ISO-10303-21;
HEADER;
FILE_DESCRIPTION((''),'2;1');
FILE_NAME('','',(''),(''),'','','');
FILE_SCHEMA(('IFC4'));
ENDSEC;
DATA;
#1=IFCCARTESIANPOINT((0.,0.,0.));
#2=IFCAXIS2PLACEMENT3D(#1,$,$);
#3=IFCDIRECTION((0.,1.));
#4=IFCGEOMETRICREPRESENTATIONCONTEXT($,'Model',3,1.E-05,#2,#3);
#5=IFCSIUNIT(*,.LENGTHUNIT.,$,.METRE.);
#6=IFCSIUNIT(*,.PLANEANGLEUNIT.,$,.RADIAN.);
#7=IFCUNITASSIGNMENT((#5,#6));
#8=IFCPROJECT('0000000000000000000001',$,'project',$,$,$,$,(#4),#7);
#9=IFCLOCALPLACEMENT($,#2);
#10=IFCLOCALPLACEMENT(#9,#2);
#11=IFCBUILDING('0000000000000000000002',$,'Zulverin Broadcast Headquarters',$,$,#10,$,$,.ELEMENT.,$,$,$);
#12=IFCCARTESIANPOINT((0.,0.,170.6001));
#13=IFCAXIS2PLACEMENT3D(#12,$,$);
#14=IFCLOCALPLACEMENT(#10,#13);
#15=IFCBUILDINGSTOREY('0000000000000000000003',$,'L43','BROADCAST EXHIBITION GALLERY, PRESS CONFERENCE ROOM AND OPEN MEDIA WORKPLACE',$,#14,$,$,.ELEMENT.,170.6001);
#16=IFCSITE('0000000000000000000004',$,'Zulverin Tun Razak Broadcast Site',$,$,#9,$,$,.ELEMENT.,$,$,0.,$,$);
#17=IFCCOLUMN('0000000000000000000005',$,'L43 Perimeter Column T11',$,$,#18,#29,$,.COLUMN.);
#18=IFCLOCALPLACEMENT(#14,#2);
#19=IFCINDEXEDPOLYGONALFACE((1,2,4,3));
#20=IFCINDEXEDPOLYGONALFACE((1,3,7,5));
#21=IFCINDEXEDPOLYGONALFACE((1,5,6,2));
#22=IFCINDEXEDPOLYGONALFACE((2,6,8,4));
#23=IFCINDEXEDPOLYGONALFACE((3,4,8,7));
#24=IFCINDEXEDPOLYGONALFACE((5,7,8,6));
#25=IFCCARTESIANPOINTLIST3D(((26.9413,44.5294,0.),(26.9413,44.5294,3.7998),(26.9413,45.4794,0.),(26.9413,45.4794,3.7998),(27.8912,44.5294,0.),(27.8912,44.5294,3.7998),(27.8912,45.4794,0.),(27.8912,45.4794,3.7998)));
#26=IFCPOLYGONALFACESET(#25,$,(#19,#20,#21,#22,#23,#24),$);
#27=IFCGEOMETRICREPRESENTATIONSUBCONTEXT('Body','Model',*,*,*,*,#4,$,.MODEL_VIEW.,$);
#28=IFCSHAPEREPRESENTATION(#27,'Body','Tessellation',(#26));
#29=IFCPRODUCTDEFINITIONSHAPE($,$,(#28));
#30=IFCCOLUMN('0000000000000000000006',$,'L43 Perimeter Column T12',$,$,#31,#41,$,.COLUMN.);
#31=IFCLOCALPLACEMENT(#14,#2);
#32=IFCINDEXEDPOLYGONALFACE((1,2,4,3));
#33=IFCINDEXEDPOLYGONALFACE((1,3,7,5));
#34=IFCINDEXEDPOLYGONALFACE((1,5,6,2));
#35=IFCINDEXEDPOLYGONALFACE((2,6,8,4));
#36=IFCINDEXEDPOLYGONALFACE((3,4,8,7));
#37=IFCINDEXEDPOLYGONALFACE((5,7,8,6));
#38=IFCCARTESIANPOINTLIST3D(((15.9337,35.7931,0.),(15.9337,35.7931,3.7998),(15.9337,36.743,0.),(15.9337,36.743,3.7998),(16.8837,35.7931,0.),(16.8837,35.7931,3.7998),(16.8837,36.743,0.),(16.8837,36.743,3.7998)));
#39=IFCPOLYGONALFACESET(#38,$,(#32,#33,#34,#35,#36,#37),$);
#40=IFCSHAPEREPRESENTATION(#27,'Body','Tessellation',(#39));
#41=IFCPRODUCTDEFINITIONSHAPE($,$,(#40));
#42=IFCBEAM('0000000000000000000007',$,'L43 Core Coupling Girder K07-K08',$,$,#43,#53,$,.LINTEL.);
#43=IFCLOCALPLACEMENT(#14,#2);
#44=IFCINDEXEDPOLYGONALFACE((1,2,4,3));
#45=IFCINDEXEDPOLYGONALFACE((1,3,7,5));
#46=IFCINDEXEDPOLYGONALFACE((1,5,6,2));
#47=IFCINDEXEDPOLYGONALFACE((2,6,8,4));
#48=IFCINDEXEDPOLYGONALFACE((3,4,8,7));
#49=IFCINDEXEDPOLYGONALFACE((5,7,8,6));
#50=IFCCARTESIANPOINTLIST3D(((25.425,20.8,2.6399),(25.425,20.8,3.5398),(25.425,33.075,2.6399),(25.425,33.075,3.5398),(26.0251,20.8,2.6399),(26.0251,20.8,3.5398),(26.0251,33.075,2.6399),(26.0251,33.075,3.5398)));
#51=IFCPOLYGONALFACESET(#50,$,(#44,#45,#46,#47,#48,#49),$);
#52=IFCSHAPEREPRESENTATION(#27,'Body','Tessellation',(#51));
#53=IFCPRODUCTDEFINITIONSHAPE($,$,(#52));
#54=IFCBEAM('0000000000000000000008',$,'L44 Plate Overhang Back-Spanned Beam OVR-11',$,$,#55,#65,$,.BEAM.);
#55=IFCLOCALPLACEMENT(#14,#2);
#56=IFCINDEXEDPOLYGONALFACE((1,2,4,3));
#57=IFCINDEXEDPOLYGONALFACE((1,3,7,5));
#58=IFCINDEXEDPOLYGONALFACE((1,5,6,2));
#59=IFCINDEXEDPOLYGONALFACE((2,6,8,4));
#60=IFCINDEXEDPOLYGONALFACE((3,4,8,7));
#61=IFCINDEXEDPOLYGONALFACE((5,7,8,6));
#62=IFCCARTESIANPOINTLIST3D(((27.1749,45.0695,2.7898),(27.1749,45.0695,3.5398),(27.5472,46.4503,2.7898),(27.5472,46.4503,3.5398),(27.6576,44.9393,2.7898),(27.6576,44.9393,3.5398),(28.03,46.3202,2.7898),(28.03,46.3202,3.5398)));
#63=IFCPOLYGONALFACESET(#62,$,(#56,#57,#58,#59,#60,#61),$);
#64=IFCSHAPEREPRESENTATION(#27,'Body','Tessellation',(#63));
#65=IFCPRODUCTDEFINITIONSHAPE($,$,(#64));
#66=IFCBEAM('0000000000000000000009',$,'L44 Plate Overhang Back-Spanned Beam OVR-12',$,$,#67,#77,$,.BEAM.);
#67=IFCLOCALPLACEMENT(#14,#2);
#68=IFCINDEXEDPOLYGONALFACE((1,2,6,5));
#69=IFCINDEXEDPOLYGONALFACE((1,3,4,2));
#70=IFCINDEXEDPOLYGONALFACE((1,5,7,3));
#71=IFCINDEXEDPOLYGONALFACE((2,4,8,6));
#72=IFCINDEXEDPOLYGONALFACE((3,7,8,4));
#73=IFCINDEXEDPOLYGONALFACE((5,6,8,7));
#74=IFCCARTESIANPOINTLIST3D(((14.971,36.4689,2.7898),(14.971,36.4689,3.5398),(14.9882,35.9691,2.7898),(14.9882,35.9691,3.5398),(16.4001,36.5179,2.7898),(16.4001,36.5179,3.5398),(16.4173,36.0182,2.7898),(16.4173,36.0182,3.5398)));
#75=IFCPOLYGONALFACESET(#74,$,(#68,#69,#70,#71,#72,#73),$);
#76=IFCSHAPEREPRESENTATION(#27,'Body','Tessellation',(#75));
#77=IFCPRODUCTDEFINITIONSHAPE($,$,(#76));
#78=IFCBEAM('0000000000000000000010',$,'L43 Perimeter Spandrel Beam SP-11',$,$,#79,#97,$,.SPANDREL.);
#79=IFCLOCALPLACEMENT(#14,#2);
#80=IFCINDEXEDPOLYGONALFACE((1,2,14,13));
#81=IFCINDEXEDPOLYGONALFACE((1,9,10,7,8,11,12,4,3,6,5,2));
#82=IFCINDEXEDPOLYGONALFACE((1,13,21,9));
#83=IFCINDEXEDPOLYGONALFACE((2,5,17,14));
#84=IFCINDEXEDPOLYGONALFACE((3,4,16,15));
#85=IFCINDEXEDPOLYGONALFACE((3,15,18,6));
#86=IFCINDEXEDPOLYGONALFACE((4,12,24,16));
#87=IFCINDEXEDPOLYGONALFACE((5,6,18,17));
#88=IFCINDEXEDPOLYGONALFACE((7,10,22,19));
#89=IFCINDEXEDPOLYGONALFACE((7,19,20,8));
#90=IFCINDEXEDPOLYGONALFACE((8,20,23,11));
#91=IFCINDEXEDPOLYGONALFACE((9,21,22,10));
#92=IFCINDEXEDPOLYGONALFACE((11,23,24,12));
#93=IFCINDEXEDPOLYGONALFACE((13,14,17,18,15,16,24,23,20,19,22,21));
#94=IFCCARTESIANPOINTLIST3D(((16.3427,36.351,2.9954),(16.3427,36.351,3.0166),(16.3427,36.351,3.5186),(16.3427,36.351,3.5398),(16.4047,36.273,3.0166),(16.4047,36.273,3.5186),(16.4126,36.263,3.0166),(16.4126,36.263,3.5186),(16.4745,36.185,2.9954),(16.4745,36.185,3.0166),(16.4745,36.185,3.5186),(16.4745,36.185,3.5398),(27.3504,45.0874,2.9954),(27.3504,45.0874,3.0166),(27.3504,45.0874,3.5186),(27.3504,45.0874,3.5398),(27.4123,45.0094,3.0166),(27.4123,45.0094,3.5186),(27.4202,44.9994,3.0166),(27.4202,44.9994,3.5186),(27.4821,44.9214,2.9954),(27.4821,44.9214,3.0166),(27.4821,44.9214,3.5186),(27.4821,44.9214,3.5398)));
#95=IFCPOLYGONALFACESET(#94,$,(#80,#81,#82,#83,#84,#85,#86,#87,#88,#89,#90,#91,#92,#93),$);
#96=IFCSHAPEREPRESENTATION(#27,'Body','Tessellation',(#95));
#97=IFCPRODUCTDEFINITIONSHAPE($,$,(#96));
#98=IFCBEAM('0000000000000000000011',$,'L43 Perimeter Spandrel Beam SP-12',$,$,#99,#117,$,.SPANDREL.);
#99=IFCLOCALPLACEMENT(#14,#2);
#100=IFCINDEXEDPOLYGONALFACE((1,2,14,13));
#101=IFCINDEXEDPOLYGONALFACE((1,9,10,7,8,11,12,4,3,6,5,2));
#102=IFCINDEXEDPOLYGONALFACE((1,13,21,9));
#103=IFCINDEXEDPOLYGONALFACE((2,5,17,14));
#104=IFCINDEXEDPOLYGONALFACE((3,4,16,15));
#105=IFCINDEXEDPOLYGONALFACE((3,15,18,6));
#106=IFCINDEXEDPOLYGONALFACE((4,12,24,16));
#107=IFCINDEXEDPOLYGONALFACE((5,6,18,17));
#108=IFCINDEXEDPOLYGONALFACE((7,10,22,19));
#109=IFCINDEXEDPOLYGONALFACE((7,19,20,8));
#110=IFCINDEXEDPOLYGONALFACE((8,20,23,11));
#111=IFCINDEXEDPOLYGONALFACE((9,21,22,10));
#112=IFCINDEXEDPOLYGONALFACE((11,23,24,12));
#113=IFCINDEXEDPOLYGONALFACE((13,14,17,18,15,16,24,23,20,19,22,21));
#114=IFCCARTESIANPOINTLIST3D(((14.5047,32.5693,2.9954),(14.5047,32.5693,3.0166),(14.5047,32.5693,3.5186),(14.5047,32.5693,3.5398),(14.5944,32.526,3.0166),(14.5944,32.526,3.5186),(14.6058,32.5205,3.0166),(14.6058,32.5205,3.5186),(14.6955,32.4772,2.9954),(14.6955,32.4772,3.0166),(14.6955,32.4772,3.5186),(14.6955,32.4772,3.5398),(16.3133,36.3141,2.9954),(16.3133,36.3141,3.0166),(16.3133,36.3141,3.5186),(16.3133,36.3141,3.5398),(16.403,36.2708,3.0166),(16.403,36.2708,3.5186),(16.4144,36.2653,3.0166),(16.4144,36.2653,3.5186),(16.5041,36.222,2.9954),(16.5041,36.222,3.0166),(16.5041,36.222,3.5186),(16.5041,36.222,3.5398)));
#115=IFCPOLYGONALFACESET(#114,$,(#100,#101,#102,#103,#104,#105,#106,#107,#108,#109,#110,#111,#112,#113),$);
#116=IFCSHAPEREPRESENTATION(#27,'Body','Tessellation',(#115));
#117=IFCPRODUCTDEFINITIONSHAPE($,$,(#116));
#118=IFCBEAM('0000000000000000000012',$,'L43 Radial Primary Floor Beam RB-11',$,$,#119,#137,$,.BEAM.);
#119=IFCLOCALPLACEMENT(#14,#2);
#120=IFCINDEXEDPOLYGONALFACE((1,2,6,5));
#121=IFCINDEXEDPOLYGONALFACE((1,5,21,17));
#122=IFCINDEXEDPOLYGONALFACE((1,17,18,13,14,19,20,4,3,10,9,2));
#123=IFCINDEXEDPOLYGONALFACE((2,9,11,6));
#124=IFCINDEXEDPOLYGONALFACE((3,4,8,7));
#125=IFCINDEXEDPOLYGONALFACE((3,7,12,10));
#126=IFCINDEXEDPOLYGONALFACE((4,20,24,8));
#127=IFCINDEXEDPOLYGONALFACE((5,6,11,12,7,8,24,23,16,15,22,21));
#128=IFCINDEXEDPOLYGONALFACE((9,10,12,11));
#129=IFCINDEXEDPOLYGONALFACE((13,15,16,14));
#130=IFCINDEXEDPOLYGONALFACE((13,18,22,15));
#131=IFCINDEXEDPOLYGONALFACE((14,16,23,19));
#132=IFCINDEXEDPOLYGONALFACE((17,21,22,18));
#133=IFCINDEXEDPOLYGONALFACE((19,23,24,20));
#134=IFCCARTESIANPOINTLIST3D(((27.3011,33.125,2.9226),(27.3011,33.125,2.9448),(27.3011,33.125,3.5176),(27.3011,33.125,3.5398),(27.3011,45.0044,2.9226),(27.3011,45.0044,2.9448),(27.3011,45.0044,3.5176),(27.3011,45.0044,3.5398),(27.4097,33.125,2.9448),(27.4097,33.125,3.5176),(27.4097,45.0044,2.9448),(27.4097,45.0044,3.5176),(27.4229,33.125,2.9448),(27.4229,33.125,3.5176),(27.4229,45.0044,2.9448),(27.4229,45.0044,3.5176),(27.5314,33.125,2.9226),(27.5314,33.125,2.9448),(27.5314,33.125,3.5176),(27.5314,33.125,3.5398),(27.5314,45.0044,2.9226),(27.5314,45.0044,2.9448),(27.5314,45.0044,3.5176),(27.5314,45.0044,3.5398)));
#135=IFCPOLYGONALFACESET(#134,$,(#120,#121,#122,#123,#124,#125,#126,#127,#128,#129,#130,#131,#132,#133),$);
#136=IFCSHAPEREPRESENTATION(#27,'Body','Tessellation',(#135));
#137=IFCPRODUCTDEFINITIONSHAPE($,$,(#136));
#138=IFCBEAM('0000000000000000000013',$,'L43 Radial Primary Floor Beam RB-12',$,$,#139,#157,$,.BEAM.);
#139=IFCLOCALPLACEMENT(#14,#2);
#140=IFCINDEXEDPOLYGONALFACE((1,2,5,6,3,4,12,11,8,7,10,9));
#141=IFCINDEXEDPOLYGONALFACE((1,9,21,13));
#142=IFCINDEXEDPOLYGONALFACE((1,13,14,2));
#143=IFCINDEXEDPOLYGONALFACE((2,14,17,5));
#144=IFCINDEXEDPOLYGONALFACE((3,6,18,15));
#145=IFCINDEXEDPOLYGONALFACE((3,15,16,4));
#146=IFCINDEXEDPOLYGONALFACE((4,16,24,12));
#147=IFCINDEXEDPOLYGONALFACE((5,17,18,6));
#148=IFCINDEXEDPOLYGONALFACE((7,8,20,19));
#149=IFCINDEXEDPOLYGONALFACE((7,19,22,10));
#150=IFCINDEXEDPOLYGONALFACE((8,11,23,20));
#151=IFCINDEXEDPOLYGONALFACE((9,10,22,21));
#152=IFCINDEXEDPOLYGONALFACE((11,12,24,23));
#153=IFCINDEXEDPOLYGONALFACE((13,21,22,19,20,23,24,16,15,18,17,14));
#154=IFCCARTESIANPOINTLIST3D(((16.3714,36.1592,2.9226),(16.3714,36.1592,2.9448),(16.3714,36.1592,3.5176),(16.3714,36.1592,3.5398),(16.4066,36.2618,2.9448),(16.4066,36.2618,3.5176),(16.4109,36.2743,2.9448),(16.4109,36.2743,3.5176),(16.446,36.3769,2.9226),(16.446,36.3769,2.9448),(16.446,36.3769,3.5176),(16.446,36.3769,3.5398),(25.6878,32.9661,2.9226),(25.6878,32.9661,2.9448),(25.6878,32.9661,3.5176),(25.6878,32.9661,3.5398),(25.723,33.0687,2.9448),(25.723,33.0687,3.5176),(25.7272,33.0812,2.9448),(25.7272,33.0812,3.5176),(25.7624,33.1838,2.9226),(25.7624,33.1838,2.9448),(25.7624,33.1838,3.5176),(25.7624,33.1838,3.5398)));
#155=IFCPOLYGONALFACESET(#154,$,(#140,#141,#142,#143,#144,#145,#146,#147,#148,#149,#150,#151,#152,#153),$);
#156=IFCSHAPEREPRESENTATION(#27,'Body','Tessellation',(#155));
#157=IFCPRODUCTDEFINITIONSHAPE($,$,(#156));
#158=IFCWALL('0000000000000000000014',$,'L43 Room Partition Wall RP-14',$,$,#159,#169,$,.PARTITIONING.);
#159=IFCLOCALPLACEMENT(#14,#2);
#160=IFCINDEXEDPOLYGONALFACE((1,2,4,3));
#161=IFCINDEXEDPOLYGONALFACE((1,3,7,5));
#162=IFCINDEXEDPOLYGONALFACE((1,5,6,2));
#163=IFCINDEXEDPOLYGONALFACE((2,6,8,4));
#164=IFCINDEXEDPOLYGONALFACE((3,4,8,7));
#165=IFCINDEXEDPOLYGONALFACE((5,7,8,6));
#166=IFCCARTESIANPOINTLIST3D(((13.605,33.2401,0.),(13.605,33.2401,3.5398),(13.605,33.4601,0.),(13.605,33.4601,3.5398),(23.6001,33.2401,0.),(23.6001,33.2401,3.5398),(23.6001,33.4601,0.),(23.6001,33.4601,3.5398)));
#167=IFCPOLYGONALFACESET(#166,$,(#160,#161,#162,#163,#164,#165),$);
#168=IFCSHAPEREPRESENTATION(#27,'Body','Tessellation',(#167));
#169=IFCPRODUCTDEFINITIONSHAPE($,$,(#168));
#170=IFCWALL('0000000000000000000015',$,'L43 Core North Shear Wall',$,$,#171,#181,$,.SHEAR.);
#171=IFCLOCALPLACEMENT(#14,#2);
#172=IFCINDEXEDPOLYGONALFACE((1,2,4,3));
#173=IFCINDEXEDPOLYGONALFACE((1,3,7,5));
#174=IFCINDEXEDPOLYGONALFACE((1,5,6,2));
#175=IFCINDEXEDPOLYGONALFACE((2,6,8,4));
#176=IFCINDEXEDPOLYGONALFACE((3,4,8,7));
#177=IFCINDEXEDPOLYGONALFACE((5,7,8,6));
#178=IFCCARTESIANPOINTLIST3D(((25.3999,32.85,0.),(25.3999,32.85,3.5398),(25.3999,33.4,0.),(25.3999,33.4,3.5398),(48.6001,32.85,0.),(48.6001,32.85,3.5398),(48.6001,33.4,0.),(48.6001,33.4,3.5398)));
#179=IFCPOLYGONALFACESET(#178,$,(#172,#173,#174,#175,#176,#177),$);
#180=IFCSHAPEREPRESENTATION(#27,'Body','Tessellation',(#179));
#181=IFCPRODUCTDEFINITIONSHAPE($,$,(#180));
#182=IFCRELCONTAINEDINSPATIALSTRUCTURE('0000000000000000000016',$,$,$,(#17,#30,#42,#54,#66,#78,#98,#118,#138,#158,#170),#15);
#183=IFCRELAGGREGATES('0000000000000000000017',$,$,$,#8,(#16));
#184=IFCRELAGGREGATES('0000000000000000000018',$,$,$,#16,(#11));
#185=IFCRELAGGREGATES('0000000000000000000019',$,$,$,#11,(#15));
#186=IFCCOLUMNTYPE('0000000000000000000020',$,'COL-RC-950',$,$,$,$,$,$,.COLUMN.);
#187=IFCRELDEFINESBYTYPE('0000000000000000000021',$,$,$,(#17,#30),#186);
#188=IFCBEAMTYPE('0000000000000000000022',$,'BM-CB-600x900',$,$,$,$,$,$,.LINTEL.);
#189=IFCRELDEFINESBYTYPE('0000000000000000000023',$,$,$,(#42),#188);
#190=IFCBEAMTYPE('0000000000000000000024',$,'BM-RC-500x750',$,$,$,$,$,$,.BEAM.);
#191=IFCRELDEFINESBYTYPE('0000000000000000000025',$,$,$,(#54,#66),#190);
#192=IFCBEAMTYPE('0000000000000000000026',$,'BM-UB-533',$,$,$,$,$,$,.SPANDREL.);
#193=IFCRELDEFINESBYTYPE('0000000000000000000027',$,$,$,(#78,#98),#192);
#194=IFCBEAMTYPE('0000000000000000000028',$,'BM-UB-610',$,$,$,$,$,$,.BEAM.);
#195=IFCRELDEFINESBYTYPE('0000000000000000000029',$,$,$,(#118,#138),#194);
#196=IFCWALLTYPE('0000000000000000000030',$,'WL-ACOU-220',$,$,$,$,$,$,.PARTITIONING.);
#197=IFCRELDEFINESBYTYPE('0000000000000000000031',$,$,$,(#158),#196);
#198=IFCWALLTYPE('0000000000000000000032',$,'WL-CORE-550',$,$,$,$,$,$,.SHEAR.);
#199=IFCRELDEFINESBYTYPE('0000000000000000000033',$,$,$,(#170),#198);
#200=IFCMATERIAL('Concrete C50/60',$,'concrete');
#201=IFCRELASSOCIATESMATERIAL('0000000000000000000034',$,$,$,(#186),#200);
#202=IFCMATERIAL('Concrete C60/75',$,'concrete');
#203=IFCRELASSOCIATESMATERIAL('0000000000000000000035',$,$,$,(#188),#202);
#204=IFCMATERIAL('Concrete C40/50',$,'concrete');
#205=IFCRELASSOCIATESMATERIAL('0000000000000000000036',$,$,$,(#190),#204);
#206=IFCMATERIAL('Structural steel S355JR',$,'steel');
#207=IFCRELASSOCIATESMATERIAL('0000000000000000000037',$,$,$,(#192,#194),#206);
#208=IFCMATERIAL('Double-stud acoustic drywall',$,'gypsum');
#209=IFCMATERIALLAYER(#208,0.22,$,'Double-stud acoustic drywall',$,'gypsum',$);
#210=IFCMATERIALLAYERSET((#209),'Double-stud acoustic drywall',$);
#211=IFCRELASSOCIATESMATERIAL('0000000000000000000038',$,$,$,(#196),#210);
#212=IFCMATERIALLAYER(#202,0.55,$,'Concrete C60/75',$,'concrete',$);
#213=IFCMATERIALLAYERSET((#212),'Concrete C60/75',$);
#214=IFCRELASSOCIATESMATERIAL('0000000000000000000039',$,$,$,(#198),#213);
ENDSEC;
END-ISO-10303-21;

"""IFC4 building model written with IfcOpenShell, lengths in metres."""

from ifc_helpers import new_model, si_unit, direction, frame, frame_2d, origin, origin_2d, place, context, subcontext, project, spatial, rectangle, i_section, extrude, material, layer, layer_set, material_profile, profile_set, type_object, element, save


model = new_model("IFC4")

# Units and contexts
model_context = context("Model", 3, precision=1e-05, world=origin(), true_north=direction((0.0, 1.0)))
body_context = subcontext(model_context, "Body", "Model", "MODEL_VIEW")
ifc_project = project(units=[si_unit("LENGTHUNIT", "METRE"), si_unit("PLANEANGLEUNIT", "RADIAN")], contexts=[model_context])

# Site, building, storey
site_placement = place(None, origin())
site = spatial("IfcSite", under=ifc_project, at=site_placement, Name="Zulverin Tun Razak Broadcast Site", CompositionType="ELEMENT", RefElevation=0.0)
building_placement = place(site_placement, origin())
building = spatial("IfcBuilding", under=site, at=building_placement, Name="Zulverin Broadcast Headquarters", CompositionType="ELEMENT")
storey_placement = place(building_placement, frame((0.0, 0.0, 170.6001)))
storey = spatial("IfcBuildingStorey", under=building, at=storey_placement, Name="L43", Description="BROADCAST EXHIBITION GALLERY, PRESS CONFERENCE ROOM AND OPEN MEDIA WORKPLACE", CompositionType="ELEMENT", Elevation=170.6001)

# Columns
ifc_material_1 = material(Name="Concrete C50/60", Category="concrete")
ifc_material_profile_1 = material_profile(ifc_material_1, rectangle(XDim=0.95, YDim=0.95, at=origin_2d()), Name="Concrete C50/60", Category="concrete")
ifc_profile_set_1 = profile_set([ifc_material_profile_1], Name="Concrete C50/60")
column_type = type_object("IfcColumnType", Name="COL-RC-950", PredefinedType="COLUMN", material=ifc_profile_set_1)
for number, where, z_axis, x_axis, name in (
    (1, (27.4163, 45.0044, 0.0), (0.0, 0.0, 1.0), (1.0, 0.0, 0.0), "L43 Perimeter Column T11"),
    (2, (16.4087, 36.2681, 0.0), (0.0, 0.0, 1.0), (1.0, 0.0, 0.0), "L43 Perimeter Column T12"),
):
    element("IfcColumn", number, at=place(storey_placement, frame(where, z_axis=z_axis, x_axis=x_axis)), inside=storey, type_object=column_type, Name=name, PredefinedType="COLUMN", context=body_context, shape_type="SweptSolid", body=[
        extrude(rectangle(XDim=0.95, YDim=0.95, at=origin_2d()), origin(), (0.0, 0.0, 1.0), 3.7998),
    ])

# Beams
ifc_material_2 = material(Name="Concrete C60/75", Category="concrete")
ifc_material_profile_2 = material_profile(ifc_material_2, rectangle(XDim=0.6001, YDim=0.8999, at=origin_2d()), Name="Concrete C60/75", Category="concrete")
ifc_profile_set_2 = profile_set([ifc_material_profile_2], Name="Concrete C60/75")
beam_type_1 = type_object("IfcBeamType", Name="BM-CB-600x900", PredefinedType="LINTEL", material=ifc_profile_set_2)
beam_1_placement = place(storey_placement, frame((25.7251, 33.075, 3.0898), z_axis=(0.0, -1.0, 0.0), x_axis=(1.0, 0.0, 0.0)))
element("IfcBeam", 3, at=beam_1_placement, inside=storey, type_object=beam_type_1, Name="L43 Core Coupling Girder K07-K08", PredefinedType="LINTEL", context=body_context, shape_type="SweptSolid", body=[
    extrude(rectangle(XDim=0.6001, YDim=0.8999, at=origin_2d()), origin(), (0.0, 0.0, 1.0), 12.2749),
])
ifc_material_3 = material(Name="Concrete C40/50", Category="concrete")
ifc_material_profile_3 = material_profile(ifc_material_3, rectangle(XDim=0.5, YDim=0.75, at=origin_2d()), Name="Concrete C40/50", Category="concrete")
ifc_profile_set_3 = profile_set([ifc_material_profile_3], Name="Concrete C40/50")
beam_type_2 = type_object("IfcBeamType", Name="BM-RC-500x750", PredefinedType="BEAM", material=ifc_profile_set_3)
beam_2_placement = place(storey_placement, frame((27.4163, 45.0044, 3.1648), z_axis=(0.260329, 0.96552, 0.0), x_axis=(-0.96552, 0.260329, 0.0)))
element("IfcBeam", 4, at=beam_2_placement, inside=storey, type_object=beam_type_2, Name="L44 Plate Overhang Back-Spanned Beam OVR-11", PredefinedType="BEAM", context=body_context, shape_type="SweptSolid", body=[
    extrude(rectangle(XDim=0.5, YDim=0.75, at=origin_2d()), origin(), (0.0, 0.0, 1.0), 1.4302),
])
beam_3_placement = place(storey_placement, frame((16.4087, 36.2681, 3.1648), z_axis=(-0.999411, -0.034315, 0.0), x_axis=(0.034315, -0.999411, 0.0)))
element("IfcBeam", 5, at=beam_3_placement, inside=storey, type_object=beam_type_2, Name="L44 Plate Overhang Back-Spanned Beam OVR-12", PredefinedType="BEAM", context=body_context, shape_type="SweptSolid", body=[
    extrude(rectangle(XDim=0.5, YDim=0.75, at=origin_2d()), origin(), (0.0, 0.0, 1.0), 1.4299),
])
ifc_material_4 = material(Name="Structural steel S355JR", Category="steel")
ifc_material_profile_4 = material_profile(ifc_material_4, i_section(OverallWidth=0.2119, OverallDepth=0.5444, WebThickness=0.0127, FlangeThickness=0.0212, at=origin_2d()), Name="Structural steel S355JR", Category="steel")
ifc_profile_set_4 = profile_set([ifc_material_profile_4], Name="Structural steel S355JR")
beam_type_3 = type_object("IfcBeamType", Name="BM-UB-533", PredefinedType="SPANDREL", material=ifc_profile_set_4)
beam_4_placement = place(storey_placement, frame((27.4163, 45.0044, 3.2676), z_axis=(-0.783283, -0.621665, 0.0), x_axis=(0.621665, -0.783283, 0.0)))
element("IfcBeam", 6, at=beam_4_placement, inside=storey, type_object=beam_type_3, Name="L43 Perimeter Spandrel Beam SP-11", PredefinedType="SPANDREL", context=body_context, shape_type="SweptSolid", body=[
    extrude(i_section(OverallWidth=0.2119, OverallDepth=0.5444, WebThickness=0.0127, FlangeThickness=0.0212, at=origin_2d()), origin(), (0.0, 0.0, 1.0), 14.0532),
])
beam_5_placement = place(storey_placement, frame((16.4087, 36.2681, 3.2676), z_axis=(-0.43489, -0.900483, 0.0), x_axis=(0.900483, -0.43489, 0.0)))
element("IfcBeam", 7, at=beam_5_placement, inside=storey, type_object=beam_type_3, Name="L43 Perimeter Spandrel Beam SP-12", PredefinedType="SPANDREL", context=body_context, shape_type="SweptSolid", body=[
    extrude(i_section(OverallWidth=0.2119, OverallDepth=0.5444, WebThickness=0.0127, FlangeThickness=0.0212, at=origin_2d()), origin(), (0.0, 0.0, 1.0), 4.1587),
])
ifc_material_profile_5 = material_profile(ifc_material_4, i_section(OverallWidth=0.2302, OverallDepth=0.6172, WebThickness=0.0132, FlangeThickness=0.0222, at=origin_2d()), Name="Structural steel S355JR", Category="steel")
ifc_profile_set_5 = profile_set([ifc_material_profile_5], Name="Structural steel S355JR")
beam_type_4 = type_object("IfcBeamType", Name="BM-UB-610", PredefinedType="BEAM", material=ifc_profile_set_5)
beam_6_placement = place(storey_placement, frame((27.4163, 33.125, 3.2312), z_axis=(0.0, 1.0, 0.0), x_axis=(-1.0, 0.0, 0.0)))
element("IfcBeam", 8, at=beam_6_placement, inside=storey, type_object=beam_type_4, Name="L43 Radial Primary Floor Beam RB-11", PredefinedType="BEAM", context=body_context, shape_type="SweptSolid", body=[
    extrude(i_section(OverallWidth=0.2302, OverallDepth=0.6172, WebThickness=0.0132, FlangeThickness=0.0222, at=origin_2d()), origin(), (0.0, 0.0, 1.0), 11.8794),
])
beam_7_placement = place(storey_placement, frame((25.7251, 33.075, 3.2312), z_axis=(-0.94598, 0.324226, 0.0), x_axis=(-0.324226, -0.94598, 0.0)))
element("IfcBeam", 9, at=beam_7_placement, inside=storey, type_object=beam_type_4, Name="L43 Radial Primary Floor Beam RB-12", PredefinedType="BEAM", context=body_context, shape_type="SweptSolid", body=[
    extrude(i_section(OverallWidth=0.2302, OverallDepth=0.6172, WebThickness=0.0132, FlangeThickness=0.0222, at=origin_2d()), origin(), (0.0, 0.0, 1.0), 9.8484),
])

# Walls
ifc_material_5 = material(Name="Double-stud acoustic drywall", Category="gypsum")
ifc_layer_1 = layer(ifc_material_5, 0.22, Name="Double-stud acoustic drywall", Category="gypsum")
ifc_layer_set_1 = layer_set([ifc_layer_1], Name="Double-stud acoustic drywall")
wall_type_1 = type_object("IfcWallType", Name="WL-ACOU-220", PredefinedType="PARTITIONING", material=ifc_layer_set_1)
wall_1_placement = place(storey_placement, frame((13.605, 33.3501, 0.0), z_axis=(0.0, 0.0, 1.0), x_axis=(1.0, 0.0, 0.0)))
element("IfcWall", 10, at=wall_1_placement, inside=storey, type_object=wall_type_1, Name="L43 Room Partition Wall RP-14", PredefinedType="PARTITIONING", context=body_context, shape_type="SweptSolid", body=[
    extrude(rectangle(XDim=9.9951, YDim=0.22, at=frame_2d((4.9976, 0.0))), origin(), (0.0, 0.0, 1.0), 3.5398),
])
ifc_layer_2 = layer(ifc_material_2, 0.55, Name="Concrete C60/75", Category="concrete")
ifc_layer_set_2 = layer_set([ifc_layer_2], Name="Concrete C60/75")
wall_type_2 = type_object("IfcWallType", Name="WL-CORE-550", PredefinedType="SHEAR", material=ifc_layer_set_2)
wall_2_placement = place(storey_placement, frame((25.3999, 33.125, 0.0), z_axis=(0.0, 0.0, 1.0), x_axis=(1.0, 0.0, 0.0)))
element("IfcWall", 11, at=wall_2_placement, inside=storey, type_object=wall_type_2, Name="L43 Core North Shear Wall", PredefinedType="SHEAR", context=body_context, shape_type="SweptSolid", body=[
    extrude(rectangle(XDim=23.2002, YDim=0.55, at=frame_2d((11.6001, 0.0))), origin(), (0.0, 0.0, 1.0), 3.5398),
])

save(model, "model.ifc")
